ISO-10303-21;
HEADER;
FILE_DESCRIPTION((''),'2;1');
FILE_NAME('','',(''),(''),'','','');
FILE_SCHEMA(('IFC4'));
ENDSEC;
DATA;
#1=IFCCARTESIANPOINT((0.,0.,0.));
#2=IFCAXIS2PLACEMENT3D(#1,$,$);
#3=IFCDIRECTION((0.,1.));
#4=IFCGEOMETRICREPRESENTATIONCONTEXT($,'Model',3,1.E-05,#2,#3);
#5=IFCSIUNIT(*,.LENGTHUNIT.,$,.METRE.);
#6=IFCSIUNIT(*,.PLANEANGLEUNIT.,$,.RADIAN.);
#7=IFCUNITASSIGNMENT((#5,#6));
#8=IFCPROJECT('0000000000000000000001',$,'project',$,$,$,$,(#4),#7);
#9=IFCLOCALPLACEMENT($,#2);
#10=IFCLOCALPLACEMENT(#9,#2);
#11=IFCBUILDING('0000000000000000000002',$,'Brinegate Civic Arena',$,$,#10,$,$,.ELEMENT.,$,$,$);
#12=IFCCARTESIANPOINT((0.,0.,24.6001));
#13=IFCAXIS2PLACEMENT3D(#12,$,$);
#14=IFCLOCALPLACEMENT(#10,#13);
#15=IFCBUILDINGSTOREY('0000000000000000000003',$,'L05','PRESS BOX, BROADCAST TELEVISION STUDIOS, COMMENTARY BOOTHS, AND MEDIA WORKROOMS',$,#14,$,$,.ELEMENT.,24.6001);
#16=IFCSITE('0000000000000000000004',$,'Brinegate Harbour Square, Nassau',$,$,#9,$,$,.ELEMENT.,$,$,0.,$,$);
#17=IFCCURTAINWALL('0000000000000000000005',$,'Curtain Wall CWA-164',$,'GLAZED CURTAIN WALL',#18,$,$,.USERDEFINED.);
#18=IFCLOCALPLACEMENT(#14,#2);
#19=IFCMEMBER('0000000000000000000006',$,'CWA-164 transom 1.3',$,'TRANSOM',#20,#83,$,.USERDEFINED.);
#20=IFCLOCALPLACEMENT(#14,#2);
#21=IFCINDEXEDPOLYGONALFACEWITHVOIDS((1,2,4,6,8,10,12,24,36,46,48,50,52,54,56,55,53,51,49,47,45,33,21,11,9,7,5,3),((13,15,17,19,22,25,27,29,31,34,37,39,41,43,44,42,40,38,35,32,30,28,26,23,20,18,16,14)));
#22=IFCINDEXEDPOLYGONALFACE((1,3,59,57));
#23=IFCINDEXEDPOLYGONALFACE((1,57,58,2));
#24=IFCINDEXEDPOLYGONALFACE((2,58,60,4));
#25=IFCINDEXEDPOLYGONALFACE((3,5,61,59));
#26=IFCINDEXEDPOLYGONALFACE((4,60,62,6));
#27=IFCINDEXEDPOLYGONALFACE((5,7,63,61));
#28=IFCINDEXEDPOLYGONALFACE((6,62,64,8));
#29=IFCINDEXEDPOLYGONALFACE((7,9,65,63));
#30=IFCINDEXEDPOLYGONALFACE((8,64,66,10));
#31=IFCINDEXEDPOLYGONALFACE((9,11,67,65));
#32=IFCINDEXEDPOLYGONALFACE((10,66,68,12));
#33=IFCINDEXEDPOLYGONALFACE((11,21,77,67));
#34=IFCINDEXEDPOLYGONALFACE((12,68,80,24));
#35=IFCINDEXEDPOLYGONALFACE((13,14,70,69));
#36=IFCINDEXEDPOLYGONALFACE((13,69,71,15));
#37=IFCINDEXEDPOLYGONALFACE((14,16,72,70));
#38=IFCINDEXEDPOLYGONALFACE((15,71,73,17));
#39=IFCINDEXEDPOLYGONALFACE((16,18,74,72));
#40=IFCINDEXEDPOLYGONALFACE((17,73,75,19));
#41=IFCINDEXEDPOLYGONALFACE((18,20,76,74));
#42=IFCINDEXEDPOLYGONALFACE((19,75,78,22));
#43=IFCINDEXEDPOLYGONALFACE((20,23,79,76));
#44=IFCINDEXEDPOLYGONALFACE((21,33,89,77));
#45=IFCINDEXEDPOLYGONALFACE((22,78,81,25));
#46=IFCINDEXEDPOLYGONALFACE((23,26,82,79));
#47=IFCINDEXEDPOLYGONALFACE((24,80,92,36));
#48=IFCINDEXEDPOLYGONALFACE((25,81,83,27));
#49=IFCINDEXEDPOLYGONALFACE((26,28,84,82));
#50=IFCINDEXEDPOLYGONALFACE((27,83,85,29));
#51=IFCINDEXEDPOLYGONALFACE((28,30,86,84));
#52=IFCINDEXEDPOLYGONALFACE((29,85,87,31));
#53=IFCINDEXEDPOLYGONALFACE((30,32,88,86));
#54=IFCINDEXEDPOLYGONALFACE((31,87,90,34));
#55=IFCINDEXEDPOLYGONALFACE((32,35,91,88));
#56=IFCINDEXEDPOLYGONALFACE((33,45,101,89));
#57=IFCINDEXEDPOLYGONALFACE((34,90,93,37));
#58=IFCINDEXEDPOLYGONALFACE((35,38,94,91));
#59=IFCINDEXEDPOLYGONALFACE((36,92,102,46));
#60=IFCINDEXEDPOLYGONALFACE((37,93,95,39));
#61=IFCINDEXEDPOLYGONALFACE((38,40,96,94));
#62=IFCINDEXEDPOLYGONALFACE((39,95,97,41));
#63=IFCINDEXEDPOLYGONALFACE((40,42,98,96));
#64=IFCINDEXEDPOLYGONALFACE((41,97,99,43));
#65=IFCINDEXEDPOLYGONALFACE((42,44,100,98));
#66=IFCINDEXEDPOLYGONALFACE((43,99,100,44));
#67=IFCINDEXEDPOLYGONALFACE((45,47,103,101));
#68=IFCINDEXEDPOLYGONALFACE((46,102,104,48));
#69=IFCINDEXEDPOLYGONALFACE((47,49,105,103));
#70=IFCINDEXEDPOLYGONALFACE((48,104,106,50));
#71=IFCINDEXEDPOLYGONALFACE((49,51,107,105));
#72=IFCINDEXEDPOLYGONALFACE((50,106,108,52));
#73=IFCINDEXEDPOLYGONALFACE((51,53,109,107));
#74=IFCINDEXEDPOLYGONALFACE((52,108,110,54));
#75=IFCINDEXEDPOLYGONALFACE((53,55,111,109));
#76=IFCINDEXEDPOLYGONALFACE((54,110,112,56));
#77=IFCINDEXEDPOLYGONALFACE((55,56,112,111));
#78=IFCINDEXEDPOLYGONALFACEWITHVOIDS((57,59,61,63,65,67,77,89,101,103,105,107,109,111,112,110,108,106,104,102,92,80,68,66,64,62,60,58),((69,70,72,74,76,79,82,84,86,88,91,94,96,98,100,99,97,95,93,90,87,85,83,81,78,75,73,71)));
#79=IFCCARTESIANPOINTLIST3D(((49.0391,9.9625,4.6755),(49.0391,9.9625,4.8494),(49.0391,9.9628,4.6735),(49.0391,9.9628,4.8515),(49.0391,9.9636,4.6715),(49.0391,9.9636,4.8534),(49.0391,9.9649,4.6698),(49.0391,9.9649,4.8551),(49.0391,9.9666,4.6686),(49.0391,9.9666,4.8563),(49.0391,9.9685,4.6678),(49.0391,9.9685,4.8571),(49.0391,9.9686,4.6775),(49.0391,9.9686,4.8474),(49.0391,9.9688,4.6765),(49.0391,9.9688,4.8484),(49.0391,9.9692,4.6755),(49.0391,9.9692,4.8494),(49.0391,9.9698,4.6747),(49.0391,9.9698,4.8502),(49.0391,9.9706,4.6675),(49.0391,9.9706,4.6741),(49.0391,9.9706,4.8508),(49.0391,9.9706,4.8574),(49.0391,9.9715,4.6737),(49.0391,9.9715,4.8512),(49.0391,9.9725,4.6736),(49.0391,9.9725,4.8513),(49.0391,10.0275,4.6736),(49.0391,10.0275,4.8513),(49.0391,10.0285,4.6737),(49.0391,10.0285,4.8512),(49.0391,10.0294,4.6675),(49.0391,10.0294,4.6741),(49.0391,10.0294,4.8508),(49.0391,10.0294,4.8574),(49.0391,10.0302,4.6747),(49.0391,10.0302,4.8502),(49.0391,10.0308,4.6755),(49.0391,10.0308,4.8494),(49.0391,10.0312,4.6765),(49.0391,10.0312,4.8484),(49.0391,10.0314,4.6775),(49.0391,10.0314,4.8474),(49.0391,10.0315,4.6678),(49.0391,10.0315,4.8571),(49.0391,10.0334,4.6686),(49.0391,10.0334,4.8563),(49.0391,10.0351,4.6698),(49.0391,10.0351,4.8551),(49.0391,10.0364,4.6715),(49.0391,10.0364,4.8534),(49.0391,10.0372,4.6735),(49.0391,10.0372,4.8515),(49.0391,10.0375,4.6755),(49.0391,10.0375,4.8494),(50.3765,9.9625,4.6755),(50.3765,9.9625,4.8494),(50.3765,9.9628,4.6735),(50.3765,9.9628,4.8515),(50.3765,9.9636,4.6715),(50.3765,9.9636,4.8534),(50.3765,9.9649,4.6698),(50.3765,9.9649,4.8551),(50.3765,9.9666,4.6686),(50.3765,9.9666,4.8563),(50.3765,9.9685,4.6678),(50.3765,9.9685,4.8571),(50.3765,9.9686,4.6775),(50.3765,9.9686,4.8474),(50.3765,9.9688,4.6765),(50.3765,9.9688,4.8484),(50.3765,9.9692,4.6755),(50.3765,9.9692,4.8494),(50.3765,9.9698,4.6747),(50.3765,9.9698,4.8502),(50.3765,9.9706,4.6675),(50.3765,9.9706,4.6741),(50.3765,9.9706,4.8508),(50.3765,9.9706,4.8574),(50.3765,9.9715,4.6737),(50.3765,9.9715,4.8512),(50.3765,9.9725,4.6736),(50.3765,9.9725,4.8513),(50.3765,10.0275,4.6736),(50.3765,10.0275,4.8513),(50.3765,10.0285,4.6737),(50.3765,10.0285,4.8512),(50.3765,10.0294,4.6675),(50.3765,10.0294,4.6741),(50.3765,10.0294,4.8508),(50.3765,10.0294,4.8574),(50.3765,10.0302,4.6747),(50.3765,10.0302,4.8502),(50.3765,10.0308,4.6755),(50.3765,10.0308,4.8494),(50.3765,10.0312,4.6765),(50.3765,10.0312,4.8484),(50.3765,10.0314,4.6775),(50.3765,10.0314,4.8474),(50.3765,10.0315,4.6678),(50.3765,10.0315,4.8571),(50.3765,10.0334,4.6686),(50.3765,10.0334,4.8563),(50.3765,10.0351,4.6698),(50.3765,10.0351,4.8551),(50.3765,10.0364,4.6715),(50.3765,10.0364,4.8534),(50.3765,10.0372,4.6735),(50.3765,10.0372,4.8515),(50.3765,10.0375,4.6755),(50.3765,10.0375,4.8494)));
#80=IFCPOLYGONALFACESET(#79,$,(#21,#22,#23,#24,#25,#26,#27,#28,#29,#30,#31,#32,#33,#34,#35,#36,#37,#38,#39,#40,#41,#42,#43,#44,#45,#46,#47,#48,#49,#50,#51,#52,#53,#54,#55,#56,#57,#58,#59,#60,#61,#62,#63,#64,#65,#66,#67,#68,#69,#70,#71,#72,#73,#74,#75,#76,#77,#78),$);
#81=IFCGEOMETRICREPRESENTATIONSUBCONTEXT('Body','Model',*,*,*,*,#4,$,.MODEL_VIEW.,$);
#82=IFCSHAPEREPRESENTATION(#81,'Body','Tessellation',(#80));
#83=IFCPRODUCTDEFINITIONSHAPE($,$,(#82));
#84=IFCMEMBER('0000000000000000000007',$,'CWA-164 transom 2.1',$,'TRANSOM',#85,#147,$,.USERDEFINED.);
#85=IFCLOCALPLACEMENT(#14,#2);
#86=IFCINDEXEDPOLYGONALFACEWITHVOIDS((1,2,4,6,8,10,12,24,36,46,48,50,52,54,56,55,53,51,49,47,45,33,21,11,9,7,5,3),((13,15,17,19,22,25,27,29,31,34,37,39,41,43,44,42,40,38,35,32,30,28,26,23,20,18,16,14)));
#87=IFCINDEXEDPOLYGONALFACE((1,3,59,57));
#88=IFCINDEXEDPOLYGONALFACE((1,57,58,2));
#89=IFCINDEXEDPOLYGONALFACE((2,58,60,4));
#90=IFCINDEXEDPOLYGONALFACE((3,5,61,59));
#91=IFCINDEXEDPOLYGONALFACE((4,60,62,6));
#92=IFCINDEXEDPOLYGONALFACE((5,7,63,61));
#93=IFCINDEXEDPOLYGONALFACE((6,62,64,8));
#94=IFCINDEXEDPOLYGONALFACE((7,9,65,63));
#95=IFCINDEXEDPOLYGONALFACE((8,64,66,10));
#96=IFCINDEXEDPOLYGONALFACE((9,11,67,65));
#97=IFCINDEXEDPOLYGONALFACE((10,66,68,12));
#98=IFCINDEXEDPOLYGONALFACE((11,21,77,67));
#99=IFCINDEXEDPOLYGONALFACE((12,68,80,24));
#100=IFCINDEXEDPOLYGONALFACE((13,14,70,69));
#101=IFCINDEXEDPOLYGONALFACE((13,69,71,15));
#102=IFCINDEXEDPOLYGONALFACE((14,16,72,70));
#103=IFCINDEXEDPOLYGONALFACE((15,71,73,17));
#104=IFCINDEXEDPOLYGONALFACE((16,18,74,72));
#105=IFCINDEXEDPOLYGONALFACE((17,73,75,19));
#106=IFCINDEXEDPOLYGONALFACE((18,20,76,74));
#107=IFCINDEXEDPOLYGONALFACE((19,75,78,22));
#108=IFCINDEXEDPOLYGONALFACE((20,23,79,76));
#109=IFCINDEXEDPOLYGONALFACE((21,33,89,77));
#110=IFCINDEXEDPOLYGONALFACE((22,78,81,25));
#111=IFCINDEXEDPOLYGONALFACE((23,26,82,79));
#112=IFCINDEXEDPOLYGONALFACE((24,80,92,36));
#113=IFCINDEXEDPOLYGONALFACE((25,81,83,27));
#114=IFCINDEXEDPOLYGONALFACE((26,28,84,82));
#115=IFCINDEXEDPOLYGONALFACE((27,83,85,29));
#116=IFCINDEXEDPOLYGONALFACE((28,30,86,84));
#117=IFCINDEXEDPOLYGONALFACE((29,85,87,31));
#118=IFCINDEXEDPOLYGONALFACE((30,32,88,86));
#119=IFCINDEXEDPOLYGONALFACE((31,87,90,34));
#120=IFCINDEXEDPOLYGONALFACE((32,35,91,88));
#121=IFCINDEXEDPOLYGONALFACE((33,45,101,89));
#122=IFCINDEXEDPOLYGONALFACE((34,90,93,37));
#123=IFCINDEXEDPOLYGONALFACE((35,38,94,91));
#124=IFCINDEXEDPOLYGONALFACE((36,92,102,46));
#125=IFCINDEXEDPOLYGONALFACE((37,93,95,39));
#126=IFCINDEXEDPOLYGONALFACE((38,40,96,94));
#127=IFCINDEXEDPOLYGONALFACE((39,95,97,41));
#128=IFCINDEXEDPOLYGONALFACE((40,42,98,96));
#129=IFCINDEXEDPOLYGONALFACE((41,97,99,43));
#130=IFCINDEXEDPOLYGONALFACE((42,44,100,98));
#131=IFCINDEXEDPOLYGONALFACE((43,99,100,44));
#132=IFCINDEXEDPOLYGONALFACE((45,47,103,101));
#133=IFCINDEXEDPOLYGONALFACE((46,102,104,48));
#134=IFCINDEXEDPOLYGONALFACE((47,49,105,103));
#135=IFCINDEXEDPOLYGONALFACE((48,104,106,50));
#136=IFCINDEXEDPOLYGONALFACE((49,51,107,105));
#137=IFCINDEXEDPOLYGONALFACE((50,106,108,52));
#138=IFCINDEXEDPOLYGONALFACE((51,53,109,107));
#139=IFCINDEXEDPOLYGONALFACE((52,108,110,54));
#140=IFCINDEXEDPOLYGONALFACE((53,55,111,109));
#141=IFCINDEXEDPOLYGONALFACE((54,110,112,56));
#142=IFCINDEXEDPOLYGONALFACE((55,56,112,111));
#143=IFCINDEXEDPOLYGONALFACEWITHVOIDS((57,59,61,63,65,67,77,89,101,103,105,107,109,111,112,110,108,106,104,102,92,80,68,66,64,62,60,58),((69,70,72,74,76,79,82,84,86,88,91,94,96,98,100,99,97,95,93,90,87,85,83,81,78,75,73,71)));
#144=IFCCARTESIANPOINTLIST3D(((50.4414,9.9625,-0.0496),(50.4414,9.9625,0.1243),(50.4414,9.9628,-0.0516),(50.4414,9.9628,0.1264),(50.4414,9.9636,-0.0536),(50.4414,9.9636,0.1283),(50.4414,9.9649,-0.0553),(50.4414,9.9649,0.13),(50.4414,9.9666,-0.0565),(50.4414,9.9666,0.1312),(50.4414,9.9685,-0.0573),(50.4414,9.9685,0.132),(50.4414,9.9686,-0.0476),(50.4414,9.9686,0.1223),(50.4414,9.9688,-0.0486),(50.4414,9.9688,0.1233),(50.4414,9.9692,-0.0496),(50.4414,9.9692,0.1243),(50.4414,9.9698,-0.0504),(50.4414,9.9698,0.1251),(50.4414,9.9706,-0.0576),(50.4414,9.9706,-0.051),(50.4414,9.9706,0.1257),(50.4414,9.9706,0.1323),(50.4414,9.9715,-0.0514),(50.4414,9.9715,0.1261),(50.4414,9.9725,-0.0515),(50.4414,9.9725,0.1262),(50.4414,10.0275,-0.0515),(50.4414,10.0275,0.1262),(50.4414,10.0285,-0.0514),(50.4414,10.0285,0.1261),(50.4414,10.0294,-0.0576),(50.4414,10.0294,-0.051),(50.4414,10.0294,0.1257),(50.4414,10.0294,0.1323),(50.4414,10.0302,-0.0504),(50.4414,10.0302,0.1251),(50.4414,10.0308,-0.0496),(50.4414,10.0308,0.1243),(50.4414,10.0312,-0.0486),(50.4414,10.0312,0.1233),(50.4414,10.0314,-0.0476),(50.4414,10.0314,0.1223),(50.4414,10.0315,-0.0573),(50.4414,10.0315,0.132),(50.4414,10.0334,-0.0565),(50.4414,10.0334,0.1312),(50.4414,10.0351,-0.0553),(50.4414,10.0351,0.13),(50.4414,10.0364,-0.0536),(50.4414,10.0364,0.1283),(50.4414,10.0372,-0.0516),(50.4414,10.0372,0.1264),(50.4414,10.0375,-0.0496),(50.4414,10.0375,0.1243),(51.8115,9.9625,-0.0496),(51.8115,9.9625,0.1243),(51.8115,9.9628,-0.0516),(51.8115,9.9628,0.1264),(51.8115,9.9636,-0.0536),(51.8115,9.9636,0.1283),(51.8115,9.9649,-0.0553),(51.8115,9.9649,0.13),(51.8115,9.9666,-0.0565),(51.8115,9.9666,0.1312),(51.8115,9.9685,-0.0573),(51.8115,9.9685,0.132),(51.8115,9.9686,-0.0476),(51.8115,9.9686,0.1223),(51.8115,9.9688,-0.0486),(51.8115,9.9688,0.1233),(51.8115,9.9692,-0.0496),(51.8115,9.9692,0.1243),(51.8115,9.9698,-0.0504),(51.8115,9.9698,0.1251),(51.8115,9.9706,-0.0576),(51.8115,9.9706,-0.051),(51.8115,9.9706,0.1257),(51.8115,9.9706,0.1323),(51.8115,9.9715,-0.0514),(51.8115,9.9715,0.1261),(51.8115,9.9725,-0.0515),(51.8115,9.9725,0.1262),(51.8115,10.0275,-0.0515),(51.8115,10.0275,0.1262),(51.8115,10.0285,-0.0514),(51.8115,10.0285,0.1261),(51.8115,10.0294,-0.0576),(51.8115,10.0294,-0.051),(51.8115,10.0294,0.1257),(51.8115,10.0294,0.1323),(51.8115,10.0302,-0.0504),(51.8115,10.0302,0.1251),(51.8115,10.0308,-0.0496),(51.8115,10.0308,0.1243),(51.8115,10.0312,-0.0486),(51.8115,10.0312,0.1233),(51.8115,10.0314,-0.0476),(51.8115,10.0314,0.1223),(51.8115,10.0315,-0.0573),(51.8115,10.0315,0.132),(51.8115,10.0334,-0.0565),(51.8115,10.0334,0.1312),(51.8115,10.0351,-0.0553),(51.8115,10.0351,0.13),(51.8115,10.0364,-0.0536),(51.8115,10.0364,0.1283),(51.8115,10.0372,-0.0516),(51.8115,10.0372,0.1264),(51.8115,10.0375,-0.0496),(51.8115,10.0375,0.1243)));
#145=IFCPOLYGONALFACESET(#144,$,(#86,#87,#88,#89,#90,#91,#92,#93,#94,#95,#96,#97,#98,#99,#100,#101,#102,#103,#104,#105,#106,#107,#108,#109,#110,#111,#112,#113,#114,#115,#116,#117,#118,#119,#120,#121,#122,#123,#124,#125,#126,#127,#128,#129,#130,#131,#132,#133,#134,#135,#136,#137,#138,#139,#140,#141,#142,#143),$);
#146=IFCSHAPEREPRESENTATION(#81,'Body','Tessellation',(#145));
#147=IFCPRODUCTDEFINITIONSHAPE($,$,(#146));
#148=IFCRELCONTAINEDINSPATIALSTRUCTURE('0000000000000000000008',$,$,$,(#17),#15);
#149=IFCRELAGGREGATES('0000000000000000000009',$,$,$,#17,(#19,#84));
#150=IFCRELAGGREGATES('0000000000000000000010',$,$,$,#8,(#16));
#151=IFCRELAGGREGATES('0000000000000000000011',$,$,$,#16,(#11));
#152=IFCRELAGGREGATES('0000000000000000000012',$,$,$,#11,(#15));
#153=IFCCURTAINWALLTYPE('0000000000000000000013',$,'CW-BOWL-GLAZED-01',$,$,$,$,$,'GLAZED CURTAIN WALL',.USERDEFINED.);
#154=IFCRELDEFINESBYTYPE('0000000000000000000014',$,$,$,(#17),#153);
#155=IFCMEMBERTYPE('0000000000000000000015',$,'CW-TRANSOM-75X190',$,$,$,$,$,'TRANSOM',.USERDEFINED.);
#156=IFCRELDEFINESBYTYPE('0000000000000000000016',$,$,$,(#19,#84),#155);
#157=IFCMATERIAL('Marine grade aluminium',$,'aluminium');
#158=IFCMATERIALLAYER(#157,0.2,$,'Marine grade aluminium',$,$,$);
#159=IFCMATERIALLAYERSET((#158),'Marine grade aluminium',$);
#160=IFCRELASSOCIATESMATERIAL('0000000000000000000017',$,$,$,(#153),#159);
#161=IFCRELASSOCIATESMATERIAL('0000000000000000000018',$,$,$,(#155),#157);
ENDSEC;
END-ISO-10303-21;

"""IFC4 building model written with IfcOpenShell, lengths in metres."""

from ifc_helpers import new_model, si_unit, direction, frame, origin, origin_2d, place, context, subcontext, project, spatial, hollow_rectangle, extrude, material, layer, layer_set, material_profile, profile_set, type_object, element, aggregate, save


model = new_model("IFC4")

# Units and contexts
model_context = context("Model", 3, precision=1e-05, world=origin(), true_north=direction((0.0, 1.0)))
body_context = subcontext(model_context, "Body", "Model", "MODEL_VIEW")
ifc_project = project(units=[si_unit("LENGTHUNIT", "METRE"), si_unit("PLANEANGLEUNIT", "RADIAN")], contexts=[model_context])

# Site, building, storey
site_placement = place(None, origin())
site = spatial("IfcSite", under=ifc_project, at=site_placement, Name="Brinegate Harbour Square, Nassau", CompositionType="ELEMENT", RefElevation=0.0)
building_placement = place(site_placement, origin())
building = spatial("IfcBuilding", under=site, at=building_placement, Name="Brinegate Civic Arena", CompositionType="ELEMENT")
storey_placement = place(building_placement, frame((0.0, 0.0, 24.6001)))
storey = spatial("IfcBuildingStorey", under=building, at=storey_placement, Name="L05", Description="PRESS BOX, BROADCAST TELEVISION STUDIOS, COMMENTARY BOOTHS, AND MEDIA WORKROOMS", CompositionType="ELEMENT", Elevation=24.6001)

# Curtain wall, members
ifc_material_1 = material(Name="Marine grade aluminium", Category="aluminium")
ifc_layer_1 = layer(ifc_material_1, 0.2, Name="Marine grade aluminium")
ifc_layer_set_1 = layer_set([ifc_layer_1], Name="Marine grade aluminium")
curtain_wall_type = type_object("IfcCurtainWallType", Name="CW-BOWL-GLAZED-01", ElementType="GLAZED CURTAIN WALL", PredefinedType="USERDEFINED", material=ifc_layer_set_1)
curtain_wall_placement = place(storey_placement, origin())
curtain_wall = element("IfcCurtainWall", 1, at=curtain_wall_placement, inside=storey, type_object=curtain_wall_type, Name="Curtain Wall CWA-164", ObjectType="GLAZED CURTAIN WALL", PredefinedType="USERDEFINED")
ifc_material_profile_1 = material_profile(ifc_material_1, hollow_rectangle(XDim=0.075, YDim=0.1899, WallThickness=0.0061, InnerFilletRadius=0.0039, OuterFilletRadius=0.0081, at=origin_2d()), Name="TRN75X190")
ifc_profile_set_1 = profile_set([ifc_material_profile_1], Name="Marine grade aluminium")
member_type_1 = type_object("IfcMemberType", Name="CW-TRANSOM-75X190", ElementType="TRANSOM", PredefinedType="USERDEFINED", material=ifc_profile_set_1)
member_1_placement = place(storey_placement, frame((49.0391, 10.0, 4.7625), z_axis=(1.0, 0.0, 0.0), x_axis=(0.0, 1.0, 0.0)))
member_1 = element("IfcMember", 2, at=member_1_placement, type_object=member_type_1, Name="CWA-164 transom 1.3", ObjectType="TRANSOM", PredefinedType="USERDEFINED", context=body_context, shape_type="SweptSolid", body=[
    extrude(hollow_rectangle(XDim=0.075, YDim=0.1899, WallThickness=0.0061, InnerFilletRadius=0.0039, OuterFilletRadius=0.0081, at=origin_2d()), origin(), (0.0, 0.0, 1.0), 1.3374),
])
member_2_placement = place(storey_placement, frame((50.4414, 10.0, 0.0374), z_axis=(1.0, 0.0, 0.0), x_axis=(0.0, 1.0, 0.0)))
member_2 = element("IfcMember", 3, at=member_2_placement, type_object=member_type_1, Name="CWA-164 transom 2.1", ObjectType="TRANSOM", PredefinedType="USERDEFINED", context=body_context, shape_type="SweptSolid", body=[
    extrude(hollow_rectangle(XDim=0.075, YDim=0.1899, WallThickness=0.0061, InnerFilletRadius=0.0039, OuterFilletRadius=0.0081, at=origin_2d()), origin(), (0.0, 0.0, 1.0), 1.3701),
])

aggregate(curtain_wall, [member_1, member_2])

save(model, "model.ifc")
